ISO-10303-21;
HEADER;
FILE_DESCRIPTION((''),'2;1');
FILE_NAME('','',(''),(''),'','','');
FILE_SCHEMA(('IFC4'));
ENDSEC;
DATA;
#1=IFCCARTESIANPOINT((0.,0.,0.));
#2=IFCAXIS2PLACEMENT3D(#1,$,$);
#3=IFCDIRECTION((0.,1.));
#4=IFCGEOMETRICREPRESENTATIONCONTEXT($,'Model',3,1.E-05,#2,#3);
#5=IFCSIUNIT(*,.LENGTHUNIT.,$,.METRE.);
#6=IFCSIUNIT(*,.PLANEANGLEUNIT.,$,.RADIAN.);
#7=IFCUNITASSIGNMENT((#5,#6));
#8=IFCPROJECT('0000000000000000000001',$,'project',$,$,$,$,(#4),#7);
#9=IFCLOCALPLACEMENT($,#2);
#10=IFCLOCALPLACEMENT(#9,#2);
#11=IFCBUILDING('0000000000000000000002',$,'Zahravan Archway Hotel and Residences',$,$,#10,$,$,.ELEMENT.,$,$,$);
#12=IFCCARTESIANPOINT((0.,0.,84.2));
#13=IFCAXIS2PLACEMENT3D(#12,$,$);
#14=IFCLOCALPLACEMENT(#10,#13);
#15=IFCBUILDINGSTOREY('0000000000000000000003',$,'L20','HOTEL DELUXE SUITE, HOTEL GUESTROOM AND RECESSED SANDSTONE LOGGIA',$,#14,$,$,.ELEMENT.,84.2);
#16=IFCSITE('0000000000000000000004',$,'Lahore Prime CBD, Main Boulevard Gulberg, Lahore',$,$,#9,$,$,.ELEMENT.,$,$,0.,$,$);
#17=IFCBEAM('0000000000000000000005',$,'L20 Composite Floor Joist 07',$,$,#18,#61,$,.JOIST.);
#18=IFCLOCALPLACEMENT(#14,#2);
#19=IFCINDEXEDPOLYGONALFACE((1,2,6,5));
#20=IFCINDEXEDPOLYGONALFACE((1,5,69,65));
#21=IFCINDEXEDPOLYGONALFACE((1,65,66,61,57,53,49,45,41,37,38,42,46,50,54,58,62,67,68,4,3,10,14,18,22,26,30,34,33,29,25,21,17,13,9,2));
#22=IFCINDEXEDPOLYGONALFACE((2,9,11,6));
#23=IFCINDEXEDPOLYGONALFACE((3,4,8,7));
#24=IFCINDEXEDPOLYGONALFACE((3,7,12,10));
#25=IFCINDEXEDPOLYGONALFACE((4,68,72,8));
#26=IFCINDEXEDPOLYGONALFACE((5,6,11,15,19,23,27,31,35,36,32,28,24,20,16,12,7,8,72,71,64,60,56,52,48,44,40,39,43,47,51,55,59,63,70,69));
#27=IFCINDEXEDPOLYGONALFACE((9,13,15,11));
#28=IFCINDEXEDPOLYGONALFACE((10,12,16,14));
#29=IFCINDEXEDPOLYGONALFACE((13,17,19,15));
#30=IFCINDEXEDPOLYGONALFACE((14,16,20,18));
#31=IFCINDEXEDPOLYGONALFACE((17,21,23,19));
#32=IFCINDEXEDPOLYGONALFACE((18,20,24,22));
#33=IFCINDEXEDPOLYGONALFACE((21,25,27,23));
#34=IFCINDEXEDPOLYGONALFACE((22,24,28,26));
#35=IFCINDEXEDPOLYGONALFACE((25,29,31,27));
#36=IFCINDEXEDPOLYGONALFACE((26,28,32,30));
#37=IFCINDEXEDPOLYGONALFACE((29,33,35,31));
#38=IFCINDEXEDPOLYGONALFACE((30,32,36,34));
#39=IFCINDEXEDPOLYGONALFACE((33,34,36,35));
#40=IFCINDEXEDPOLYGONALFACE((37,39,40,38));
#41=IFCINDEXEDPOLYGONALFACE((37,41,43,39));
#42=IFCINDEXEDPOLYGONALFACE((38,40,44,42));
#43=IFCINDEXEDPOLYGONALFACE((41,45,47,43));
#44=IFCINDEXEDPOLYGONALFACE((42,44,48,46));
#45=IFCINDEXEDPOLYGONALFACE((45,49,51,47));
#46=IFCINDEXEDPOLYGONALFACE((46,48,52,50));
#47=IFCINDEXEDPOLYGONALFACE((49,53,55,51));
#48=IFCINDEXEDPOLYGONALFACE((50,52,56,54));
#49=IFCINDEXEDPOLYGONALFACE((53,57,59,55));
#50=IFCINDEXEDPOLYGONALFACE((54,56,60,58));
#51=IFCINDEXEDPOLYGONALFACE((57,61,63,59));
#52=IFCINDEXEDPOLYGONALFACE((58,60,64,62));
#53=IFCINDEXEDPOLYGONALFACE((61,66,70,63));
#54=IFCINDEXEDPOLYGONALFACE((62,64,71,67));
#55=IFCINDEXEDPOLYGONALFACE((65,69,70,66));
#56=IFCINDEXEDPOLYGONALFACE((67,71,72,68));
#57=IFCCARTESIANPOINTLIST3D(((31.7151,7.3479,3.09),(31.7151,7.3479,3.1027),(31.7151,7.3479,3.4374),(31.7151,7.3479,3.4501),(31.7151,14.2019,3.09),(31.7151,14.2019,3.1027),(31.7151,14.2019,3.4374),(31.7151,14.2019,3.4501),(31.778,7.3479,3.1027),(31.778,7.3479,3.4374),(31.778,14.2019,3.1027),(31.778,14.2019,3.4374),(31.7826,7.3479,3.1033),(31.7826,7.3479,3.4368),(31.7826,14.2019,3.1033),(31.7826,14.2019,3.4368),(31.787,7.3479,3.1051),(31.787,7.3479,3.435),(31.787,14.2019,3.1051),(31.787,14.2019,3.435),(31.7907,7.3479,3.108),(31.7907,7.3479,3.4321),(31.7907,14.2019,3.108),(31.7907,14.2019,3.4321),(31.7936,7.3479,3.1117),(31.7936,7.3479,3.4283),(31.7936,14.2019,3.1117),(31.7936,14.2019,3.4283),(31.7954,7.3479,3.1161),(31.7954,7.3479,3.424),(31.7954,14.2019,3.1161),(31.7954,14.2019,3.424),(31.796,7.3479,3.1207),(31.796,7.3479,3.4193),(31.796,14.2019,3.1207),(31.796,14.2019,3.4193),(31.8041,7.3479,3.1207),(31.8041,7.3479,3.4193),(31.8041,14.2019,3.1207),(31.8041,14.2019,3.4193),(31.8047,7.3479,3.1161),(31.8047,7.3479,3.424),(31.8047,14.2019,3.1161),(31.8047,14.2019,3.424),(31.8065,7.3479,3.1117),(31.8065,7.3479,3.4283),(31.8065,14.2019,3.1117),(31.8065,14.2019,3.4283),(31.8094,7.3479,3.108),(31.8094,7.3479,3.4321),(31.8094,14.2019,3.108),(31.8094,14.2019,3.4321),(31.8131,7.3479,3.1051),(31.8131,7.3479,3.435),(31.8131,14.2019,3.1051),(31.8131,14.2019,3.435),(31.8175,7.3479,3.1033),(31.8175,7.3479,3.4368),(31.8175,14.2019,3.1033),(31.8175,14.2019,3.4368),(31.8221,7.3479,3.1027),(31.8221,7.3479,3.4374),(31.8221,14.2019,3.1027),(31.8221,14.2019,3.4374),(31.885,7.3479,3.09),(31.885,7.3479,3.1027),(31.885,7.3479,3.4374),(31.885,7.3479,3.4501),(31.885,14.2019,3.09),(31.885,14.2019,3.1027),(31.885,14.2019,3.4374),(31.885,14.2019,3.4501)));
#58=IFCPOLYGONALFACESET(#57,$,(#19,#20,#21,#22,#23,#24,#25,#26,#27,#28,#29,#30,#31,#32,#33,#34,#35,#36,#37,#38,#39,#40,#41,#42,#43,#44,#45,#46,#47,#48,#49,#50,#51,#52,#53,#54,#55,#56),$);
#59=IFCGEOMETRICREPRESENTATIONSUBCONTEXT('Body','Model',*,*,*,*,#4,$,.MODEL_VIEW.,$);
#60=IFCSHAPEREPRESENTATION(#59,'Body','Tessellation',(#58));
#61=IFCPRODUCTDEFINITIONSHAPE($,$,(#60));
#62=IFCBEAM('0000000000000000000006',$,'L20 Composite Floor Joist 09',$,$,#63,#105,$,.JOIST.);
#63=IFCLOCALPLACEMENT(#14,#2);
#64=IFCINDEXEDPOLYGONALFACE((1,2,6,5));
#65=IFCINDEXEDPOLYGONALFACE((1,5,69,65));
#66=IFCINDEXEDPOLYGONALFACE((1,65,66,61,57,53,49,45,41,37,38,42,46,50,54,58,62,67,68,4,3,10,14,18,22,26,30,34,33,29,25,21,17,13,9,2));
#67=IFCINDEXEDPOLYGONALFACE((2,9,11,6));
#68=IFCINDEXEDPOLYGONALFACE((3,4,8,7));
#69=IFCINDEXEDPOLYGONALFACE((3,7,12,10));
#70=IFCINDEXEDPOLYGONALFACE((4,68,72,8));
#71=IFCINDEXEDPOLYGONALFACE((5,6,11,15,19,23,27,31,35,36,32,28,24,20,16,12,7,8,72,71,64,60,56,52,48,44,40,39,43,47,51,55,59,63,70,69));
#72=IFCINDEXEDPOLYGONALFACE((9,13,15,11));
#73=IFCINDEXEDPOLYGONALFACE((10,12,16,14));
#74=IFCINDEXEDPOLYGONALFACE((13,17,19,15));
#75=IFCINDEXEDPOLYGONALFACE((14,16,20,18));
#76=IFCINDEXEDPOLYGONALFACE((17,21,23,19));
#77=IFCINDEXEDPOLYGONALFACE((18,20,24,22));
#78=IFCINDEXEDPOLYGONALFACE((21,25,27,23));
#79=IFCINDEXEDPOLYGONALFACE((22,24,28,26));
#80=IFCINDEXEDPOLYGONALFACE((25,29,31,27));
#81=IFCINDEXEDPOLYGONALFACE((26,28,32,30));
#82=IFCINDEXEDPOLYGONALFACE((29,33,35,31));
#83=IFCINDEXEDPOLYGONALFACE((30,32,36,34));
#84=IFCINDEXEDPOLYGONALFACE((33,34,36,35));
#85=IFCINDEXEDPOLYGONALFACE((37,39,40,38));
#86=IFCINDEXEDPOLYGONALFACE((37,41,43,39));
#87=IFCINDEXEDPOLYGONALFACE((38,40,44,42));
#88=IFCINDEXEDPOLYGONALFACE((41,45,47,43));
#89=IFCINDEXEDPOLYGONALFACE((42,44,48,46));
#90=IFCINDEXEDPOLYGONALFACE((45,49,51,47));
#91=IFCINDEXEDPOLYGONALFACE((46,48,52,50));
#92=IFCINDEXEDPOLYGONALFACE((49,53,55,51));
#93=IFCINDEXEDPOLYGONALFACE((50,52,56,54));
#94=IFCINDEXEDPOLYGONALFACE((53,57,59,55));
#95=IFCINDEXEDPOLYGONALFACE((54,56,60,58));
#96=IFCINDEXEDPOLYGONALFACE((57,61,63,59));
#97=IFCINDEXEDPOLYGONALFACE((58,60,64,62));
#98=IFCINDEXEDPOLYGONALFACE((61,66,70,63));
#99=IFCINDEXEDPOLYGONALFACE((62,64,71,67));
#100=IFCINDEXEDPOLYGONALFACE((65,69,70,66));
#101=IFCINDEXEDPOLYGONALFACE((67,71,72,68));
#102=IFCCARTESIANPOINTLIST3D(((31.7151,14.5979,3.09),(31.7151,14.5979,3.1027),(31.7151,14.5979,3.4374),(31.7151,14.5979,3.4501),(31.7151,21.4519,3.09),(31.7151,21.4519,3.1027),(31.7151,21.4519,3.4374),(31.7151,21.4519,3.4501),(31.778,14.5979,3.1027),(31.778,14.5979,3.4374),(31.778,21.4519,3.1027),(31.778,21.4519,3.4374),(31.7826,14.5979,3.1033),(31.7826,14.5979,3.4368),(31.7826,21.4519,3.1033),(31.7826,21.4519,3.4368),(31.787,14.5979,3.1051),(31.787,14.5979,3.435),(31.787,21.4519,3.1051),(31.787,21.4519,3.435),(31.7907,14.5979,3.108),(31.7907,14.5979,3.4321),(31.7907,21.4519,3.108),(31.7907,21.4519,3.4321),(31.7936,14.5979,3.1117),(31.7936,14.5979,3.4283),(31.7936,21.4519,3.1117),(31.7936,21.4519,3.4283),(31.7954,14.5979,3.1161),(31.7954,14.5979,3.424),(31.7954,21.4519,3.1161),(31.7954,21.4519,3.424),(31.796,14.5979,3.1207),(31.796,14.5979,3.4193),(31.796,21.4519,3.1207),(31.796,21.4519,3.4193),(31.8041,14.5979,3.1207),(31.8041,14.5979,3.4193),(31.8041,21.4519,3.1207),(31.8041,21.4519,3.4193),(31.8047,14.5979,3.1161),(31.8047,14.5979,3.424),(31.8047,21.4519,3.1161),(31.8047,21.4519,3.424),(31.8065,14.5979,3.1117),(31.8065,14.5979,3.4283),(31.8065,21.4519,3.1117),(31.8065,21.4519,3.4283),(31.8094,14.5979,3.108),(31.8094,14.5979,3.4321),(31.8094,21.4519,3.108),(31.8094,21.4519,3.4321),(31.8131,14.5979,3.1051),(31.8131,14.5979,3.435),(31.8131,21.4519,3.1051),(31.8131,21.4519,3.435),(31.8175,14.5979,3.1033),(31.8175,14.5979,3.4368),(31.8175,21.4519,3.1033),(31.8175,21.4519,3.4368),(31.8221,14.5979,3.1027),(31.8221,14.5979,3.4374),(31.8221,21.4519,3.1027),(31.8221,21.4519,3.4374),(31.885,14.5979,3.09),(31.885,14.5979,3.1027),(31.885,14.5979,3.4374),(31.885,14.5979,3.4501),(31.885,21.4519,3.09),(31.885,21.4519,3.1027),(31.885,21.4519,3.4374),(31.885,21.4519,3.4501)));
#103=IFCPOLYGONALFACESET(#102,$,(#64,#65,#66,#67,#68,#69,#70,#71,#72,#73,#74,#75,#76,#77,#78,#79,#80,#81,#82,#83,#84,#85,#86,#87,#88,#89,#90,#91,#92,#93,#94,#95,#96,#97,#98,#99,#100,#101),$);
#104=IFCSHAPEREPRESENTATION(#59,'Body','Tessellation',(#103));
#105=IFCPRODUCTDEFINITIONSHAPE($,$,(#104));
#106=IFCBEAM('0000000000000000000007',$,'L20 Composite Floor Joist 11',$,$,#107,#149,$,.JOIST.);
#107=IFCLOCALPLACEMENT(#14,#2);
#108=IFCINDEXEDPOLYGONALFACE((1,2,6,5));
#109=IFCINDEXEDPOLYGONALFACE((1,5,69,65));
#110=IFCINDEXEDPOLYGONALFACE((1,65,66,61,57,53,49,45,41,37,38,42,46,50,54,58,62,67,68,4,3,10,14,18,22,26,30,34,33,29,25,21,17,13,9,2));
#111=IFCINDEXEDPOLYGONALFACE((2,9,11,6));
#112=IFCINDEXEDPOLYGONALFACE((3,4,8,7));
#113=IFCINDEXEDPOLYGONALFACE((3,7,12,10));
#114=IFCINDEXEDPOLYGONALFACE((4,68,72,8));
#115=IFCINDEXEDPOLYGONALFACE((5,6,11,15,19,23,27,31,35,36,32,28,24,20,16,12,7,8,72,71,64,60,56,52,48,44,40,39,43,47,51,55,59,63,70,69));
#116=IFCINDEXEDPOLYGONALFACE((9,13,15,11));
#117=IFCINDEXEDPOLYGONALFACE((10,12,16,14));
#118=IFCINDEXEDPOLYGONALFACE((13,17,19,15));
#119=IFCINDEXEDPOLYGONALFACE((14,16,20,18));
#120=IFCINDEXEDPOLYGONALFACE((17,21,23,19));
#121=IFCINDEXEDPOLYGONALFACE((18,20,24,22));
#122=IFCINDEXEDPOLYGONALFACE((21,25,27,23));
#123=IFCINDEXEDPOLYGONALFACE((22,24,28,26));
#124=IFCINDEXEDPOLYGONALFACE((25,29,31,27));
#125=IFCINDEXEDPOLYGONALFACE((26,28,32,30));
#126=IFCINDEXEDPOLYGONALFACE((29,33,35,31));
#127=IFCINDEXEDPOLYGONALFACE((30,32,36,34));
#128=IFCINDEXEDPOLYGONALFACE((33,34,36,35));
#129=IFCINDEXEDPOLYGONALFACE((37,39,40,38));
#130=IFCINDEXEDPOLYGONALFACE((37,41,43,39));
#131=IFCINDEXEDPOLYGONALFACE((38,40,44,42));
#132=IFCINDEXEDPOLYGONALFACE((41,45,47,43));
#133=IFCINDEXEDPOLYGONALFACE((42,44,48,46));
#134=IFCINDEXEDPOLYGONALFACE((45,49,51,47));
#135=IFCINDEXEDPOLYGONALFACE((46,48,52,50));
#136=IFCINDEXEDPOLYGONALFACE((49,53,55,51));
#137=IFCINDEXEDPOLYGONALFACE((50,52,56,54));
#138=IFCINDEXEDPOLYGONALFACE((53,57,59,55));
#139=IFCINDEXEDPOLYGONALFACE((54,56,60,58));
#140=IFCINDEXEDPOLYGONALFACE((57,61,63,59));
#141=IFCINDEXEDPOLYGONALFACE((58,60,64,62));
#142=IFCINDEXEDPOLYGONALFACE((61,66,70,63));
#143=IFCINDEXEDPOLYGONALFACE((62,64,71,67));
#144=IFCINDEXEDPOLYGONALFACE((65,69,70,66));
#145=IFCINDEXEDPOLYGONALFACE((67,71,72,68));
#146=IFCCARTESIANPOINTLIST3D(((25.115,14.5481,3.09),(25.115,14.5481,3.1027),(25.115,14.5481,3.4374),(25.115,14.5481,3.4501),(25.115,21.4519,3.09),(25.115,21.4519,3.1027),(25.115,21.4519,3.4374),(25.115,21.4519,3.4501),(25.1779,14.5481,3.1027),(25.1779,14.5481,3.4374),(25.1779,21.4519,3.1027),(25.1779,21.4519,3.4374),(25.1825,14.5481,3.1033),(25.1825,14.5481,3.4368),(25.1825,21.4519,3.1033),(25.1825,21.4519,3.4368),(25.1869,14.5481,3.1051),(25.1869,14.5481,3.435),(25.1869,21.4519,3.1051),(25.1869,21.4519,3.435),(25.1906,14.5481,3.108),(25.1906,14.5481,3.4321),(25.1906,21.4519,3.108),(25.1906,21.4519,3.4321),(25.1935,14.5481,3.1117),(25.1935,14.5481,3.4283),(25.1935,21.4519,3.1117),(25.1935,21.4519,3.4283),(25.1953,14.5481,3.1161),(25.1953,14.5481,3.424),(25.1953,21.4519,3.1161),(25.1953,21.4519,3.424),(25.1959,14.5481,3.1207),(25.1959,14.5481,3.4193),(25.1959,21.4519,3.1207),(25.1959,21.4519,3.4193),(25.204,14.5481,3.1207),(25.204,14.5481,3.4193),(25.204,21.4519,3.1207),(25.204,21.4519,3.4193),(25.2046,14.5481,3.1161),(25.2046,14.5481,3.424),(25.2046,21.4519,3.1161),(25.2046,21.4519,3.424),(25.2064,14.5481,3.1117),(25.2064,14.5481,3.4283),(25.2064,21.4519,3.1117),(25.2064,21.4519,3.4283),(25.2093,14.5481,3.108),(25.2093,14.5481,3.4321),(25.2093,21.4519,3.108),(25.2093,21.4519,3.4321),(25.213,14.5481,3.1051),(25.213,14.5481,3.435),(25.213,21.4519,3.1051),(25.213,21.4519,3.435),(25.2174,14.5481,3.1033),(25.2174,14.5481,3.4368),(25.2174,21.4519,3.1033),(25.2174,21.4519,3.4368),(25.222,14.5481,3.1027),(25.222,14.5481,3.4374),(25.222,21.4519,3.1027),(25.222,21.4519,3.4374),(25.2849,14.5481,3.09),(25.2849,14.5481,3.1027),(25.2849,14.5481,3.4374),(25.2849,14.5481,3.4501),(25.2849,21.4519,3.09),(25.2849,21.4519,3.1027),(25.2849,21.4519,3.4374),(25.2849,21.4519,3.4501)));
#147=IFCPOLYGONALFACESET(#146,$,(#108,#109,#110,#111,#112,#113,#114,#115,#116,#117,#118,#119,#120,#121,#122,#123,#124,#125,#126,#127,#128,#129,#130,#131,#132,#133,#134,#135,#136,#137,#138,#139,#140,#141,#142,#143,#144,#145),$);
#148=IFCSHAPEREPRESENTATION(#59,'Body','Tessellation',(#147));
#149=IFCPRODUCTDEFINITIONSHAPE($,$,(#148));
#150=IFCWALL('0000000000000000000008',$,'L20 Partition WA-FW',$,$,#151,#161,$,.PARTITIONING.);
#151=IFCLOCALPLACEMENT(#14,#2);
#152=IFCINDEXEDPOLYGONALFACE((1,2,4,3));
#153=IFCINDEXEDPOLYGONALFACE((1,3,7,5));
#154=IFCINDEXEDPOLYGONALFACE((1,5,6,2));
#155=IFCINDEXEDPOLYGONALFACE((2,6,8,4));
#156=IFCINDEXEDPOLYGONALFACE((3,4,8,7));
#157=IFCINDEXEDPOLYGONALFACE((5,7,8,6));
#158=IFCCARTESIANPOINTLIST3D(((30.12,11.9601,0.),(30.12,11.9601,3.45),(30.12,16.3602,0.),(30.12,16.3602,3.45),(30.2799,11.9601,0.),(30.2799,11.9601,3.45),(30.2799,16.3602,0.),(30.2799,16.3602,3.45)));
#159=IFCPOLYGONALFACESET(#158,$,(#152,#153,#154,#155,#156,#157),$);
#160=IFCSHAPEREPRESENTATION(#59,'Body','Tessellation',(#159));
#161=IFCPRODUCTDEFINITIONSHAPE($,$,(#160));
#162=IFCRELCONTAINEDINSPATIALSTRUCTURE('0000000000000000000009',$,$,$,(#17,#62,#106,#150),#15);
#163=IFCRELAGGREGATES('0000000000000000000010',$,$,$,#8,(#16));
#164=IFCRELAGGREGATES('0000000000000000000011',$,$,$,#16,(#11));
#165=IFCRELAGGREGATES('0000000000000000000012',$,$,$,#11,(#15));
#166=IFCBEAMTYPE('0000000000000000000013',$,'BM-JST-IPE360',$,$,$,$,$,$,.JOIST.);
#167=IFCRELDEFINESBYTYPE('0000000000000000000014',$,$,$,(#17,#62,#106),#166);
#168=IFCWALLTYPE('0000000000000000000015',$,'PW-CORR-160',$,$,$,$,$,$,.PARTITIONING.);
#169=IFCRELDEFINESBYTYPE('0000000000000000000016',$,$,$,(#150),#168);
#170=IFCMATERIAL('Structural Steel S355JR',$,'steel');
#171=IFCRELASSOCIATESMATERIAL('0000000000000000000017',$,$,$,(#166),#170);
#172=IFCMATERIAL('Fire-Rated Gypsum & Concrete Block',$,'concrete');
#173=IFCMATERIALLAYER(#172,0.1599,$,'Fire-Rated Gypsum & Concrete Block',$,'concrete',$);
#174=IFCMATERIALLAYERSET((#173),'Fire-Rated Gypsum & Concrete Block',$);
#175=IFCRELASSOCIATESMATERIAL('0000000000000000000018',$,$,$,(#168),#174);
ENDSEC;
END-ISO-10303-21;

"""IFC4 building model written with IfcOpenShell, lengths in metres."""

from ifc_helpers import new_model, si_unit, direction, frame, frame_2d, origin, origin_2d, place, context, subcontext, project, spatial, rectangle, i_section, extrude, source, transform, mapped, material, layer, layer_set, material_profile, profile_set, type_object, element, save


model = new_model("IFC4")

# Units and contexts
model_context = context("Model", 3, precision=1e-05, world=origin(), true_north=direction((0.0, 1.0)))
body_context = subcontext(model_context, "Body", "Model", "MODEL_VIEW")
ifc_project = project(units=[si_unit("LENGTHUNIT", "METRE"), si_unit("PLANEANGLEUNIT", "RADIAN")], contexts=[model_context])

# Site, building, storey
site_placement = place(None, origin())
site = spatial("IfcSite", under=ifc_project, at=site_placement, Name="Lahore Prime CBD, Main Boulevard Gulberg, Lahore", CompositionType="ELEMENT", RefElevation=0.0)
building_placement = place(site_placement, origin())
building = spatial("IfcBuilding", under=site, at=building_placement, Name="Zahravan Archway Hotel and Residences", CompositionType="ELEMENT")
storey_placement = place(building_placement, frame((0.0, 0.0, 84.2)))
storey = spatial("IfcBuildingStorey", under=building, at=storey_placement, Name="L20", Description="HOTEL DELUXE SUITE, HOTEL GUESTROOM AND RECESSED SANDSTONE LOGGIA", CompositionType="ELEMENT", Elevation=84.2)

# Beams
ifc_material_1 = material(Name="Structural Steel S355JR", Category="steel")
ifc_material_profile_1 = material_profile(ifc_material_1, i_section(OverallWidth=0.1699, OverallDepth=0.3601, WebThickness=0.0081, FlangeThickness=0.0127, FilletRadius=0.0181, at=origin_2d()), Name="IPE 360", Category="steel")
ifc_profile_set_1 = profile_set([ifc_material_profile_1], Name="Structural Steel S355JR")
beam_type_1 = type_object("IfcBeamType", Name="BM-JST-IPE360", PredefinedType="JOIST", material=ifc_profile_set_1)
shared_shape_1 = source(origin(), body_context, "Body", "SweptSolid", [
    extrude(i_section(OverallWidth=0.1699, OverallDepth=0.3601, WebThickness=0.0081, FlangeThickness=0.0127, FilletRadius=0.0181, at=origin_2d()), origin(), (0.0, 0.0, 1.0), 6.854),
])
for number, where, z_axis, x_axis, name in (
    (1, (31.8, 7.3479, 3.27), (0.0, 1.0, 0.0), (-1.0, 0.0, 0.0), "L20 Composite Floor Joist 07"),
    (2, (31.8, 14.5979, 3.27), (0.0, 1.0, 0.0), (-1.0, 0.0, 0.0), "L20 Composite Floor Joist 09"),
):
    element("IfcBeam", number, at=place(storey_placement, frame(where, z_axis=z_axis, x_axis=x_axis)), inside=storey, type_object=beam_type_1, Name=name, PredefinedType="JOIST", context=body_context, shape_type="MappedRepresentation", body=[
        mapped(shared_shape_1, transform((0.0, 0.0, 0.0), scale=1.0)),
    ])
shared_shape_2 = source(origin(), body_context, "Body", "SweptSolid", [
    extrude(i_section(OverallWidth=0.1699, OverallDepth=0.3601, WebThickness=0.0081, FlangeThickness=0.0127, FilletRadius=0.0181, at=origin_2d()), origin(), (0.0, 0.0, 1.0), 6.9038),
])
beam_1_placement = place(storey_placement, frame((25.2, 14.5481, 3.27), z_axis=(0.0, 1.0, 0.0), x_axis=(-1.0, 0.0, 0.0)))
element("IfcBeam", 3, at=beam_1_placement, inside=storey, type_object=beam_type_1, Name="L20 Composite Floor Joist 11", PredefinedType="JOIST", context=body_context, shape_type="MappedRepresentation", body=[
    mapped(shared_shape_2, transform((0.0, 0.0, 0.0), scale=1.0)),
])

# Wall
ifc_material_2 = material(Name="Fire-Rated Gypsum & Concrete Block", Category="concrete")
ifc_layer_1 = layer(ifc_material_2, 0.1599, Name="Fire-Rated Gypsum & Concrete Block", Category="concrete")
ifc_layer_set_1 = layer_set([ifc_layer_1], Name="Fire-Rated Gypsum & Concrete Block")
wall_type_1 = type_object("IfcWallType", Name="PW-CORR-160", PredefinedType="PARTITIONING", material=ifc_layer_set_1)
wall_1_placement = place(storey_placement, frame((30.2, 11.96, 0.0), z_axis=(0.0, 0.0, 1.0), x_axis=(0.0, 1.0, 0.0)))
element("IfcWall", 4, at=wall_1_placement, inside=storey, type_object=wall_type_1, Name="L20 Partition WA-FW", PredefinedType="PARTITIONING", context=body_context, shape_type="SweptSolid", body=[
    extrude(rectangle(XDim=4.4001, YDim=0.1599, at=frame_2d((2.2002, 0.0))), origin(), (0.0, 0.0, 1.0), 3.45),
])

save(model, "model.ifc")
